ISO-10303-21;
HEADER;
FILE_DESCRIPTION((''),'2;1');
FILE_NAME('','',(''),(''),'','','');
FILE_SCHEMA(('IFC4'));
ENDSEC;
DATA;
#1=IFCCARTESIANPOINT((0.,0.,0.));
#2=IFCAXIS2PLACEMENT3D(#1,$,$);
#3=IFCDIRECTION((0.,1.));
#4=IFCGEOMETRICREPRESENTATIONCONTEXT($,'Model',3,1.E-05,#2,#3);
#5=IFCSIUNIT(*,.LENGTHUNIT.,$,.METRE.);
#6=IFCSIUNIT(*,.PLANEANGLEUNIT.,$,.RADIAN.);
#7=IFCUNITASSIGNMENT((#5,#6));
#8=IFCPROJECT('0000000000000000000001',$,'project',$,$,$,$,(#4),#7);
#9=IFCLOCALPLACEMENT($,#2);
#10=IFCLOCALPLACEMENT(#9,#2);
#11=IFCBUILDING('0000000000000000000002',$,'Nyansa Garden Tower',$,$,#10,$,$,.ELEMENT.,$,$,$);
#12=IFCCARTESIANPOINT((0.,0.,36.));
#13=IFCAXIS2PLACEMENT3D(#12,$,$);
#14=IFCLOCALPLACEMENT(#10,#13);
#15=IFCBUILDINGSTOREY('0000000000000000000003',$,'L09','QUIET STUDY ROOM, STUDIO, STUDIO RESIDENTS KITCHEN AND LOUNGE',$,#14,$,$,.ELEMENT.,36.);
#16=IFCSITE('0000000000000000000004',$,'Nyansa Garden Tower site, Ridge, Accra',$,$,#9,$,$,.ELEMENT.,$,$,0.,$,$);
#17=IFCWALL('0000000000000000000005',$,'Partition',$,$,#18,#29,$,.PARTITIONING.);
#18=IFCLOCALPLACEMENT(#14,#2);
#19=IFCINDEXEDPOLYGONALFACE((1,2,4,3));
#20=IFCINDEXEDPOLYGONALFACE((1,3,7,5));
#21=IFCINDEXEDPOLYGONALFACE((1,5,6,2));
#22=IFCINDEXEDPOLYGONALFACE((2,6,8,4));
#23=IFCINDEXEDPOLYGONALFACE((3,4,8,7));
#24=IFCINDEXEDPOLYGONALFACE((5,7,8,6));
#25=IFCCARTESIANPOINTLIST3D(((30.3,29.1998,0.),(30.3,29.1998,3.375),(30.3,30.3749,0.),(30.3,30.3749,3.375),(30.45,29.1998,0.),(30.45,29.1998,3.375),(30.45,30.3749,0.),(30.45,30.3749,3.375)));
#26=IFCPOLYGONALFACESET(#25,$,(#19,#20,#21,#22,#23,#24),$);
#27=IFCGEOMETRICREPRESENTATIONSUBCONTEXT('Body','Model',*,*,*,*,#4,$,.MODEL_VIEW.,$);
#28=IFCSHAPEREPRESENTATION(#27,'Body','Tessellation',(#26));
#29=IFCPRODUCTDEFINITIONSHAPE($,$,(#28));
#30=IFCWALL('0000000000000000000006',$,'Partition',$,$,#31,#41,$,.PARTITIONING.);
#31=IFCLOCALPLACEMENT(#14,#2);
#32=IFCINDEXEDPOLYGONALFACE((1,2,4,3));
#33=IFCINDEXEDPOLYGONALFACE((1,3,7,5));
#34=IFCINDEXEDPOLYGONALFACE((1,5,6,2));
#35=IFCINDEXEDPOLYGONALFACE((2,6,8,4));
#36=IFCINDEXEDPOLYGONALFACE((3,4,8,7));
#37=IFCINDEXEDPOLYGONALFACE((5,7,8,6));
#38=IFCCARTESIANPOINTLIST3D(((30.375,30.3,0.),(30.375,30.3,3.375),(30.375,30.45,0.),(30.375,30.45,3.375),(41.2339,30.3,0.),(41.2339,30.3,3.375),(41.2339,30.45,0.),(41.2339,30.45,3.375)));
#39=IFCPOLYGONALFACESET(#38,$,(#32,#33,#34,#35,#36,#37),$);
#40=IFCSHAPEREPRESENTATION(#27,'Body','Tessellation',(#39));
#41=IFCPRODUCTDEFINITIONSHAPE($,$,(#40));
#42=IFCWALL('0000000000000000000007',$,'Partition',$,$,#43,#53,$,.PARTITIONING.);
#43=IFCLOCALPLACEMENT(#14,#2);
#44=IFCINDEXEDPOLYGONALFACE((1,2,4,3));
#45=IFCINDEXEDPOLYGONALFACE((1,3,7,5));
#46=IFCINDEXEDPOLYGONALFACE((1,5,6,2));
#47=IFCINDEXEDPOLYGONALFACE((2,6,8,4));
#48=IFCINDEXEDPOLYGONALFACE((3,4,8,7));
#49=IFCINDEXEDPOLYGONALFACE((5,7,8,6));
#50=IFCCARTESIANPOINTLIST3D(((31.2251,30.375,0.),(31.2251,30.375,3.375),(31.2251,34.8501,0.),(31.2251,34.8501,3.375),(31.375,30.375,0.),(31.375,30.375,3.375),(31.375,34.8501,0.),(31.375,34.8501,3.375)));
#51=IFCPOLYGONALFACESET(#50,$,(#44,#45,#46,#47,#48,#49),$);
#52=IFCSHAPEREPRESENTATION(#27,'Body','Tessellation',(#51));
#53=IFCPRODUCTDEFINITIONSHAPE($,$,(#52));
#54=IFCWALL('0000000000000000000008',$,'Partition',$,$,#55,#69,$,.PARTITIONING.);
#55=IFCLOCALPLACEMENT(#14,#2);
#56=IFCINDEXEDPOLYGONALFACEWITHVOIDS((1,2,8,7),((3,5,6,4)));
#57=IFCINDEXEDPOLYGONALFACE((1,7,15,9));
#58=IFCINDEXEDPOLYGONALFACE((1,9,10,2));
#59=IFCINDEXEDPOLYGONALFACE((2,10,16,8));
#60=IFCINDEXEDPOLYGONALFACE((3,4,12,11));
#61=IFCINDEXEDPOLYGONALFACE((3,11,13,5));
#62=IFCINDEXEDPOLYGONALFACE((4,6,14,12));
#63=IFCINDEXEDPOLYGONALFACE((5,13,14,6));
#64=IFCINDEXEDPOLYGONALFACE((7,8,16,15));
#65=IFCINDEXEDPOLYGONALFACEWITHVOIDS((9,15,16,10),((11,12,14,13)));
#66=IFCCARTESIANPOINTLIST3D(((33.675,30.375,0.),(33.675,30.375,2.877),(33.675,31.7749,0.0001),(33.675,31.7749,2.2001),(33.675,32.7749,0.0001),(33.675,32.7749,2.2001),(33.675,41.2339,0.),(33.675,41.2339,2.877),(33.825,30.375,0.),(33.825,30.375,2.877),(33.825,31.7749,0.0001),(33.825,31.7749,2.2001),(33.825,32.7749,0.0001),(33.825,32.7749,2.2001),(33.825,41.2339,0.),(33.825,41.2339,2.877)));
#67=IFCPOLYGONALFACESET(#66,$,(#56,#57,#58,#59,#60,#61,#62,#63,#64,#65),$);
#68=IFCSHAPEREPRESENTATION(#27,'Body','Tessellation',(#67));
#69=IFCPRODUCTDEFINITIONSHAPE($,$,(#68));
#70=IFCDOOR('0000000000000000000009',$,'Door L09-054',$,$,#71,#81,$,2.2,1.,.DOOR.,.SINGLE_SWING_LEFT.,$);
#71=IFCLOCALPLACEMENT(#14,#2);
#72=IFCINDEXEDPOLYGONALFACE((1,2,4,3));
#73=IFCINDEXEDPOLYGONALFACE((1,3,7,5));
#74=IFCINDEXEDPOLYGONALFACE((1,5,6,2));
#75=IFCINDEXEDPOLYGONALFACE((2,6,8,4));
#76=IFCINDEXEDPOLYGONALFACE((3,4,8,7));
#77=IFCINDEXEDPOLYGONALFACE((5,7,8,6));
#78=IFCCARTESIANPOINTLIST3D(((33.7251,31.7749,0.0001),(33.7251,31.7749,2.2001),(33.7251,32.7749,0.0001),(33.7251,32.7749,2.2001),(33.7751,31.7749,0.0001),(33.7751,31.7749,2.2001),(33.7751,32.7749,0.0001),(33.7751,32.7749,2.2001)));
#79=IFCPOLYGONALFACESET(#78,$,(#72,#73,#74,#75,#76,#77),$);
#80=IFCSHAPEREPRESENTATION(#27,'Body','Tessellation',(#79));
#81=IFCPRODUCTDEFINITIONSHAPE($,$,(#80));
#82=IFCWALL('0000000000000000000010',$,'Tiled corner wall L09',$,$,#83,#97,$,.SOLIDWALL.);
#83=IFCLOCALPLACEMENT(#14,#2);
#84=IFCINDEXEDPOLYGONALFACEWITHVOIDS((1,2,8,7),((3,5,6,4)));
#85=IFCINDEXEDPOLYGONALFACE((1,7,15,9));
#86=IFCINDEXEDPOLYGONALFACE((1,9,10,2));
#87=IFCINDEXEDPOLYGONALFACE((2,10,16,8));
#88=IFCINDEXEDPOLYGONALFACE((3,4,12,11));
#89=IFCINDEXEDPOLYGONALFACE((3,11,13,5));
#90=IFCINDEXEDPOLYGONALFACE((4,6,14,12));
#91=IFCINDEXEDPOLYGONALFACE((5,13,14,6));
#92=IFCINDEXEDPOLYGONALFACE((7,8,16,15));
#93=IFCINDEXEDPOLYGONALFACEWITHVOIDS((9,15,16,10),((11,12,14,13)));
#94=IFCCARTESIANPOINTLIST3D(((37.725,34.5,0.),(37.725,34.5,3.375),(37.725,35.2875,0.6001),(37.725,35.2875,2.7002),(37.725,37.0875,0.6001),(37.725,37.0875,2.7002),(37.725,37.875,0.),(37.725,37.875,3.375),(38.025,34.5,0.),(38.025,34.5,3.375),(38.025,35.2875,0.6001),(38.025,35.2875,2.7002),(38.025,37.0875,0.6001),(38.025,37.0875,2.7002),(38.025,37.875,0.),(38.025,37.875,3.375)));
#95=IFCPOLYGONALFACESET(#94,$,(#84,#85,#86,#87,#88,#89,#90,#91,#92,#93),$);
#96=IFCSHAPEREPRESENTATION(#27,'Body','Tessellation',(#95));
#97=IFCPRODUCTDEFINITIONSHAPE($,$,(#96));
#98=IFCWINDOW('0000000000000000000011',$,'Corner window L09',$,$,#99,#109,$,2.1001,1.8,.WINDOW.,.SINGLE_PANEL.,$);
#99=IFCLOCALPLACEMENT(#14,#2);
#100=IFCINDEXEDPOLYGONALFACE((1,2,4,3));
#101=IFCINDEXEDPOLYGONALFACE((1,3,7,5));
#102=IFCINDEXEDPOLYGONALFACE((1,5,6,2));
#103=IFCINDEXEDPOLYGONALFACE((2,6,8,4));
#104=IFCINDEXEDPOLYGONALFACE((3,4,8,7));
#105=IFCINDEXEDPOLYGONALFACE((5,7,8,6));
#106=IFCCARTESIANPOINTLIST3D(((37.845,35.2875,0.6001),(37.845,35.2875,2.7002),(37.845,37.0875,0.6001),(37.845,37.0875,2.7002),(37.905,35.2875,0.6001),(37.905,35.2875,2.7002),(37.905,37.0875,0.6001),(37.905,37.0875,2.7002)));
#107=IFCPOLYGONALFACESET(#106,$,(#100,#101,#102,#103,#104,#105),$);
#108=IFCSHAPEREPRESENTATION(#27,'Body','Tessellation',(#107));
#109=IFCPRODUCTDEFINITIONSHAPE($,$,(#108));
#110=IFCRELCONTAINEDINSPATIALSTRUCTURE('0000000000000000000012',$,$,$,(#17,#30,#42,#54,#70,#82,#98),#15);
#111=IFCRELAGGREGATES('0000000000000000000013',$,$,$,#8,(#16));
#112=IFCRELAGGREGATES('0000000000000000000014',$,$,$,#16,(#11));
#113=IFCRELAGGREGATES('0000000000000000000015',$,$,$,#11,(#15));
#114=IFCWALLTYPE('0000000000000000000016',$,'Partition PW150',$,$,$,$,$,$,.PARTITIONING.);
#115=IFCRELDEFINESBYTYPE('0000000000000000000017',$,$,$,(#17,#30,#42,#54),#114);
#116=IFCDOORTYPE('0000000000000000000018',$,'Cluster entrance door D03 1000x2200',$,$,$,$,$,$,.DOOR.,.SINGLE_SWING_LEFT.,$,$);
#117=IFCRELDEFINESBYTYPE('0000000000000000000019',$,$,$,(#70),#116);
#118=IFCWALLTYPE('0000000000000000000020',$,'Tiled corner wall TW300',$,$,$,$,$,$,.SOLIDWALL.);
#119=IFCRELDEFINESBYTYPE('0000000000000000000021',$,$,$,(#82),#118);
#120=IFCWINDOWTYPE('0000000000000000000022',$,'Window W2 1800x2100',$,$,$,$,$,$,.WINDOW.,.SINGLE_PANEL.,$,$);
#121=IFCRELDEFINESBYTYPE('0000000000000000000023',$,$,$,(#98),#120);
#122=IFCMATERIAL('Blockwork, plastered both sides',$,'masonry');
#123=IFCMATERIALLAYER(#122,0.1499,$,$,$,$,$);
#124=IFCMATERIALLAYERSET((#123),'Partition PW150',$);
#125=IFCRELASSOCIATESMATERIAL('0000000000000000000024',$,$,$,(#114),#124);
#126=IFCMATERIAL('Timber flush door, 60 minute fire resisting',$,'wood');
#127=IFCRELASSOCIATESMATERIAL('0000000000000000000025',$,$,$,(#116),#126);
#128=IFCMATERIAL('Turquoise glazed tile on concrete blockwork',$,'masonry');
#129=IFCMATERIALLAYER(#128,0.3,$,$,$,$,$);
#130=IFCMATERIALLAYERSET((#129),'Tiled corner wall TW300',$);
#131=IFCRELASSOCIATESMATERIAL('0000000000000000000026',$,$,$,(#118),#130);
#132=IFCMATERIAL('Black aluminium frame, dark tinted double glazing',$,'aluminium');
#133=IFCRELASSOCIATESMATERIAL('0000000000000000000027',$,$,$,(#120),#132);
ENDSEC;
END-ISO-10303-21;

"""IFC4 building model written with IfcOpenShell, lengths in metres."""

from ifc_helpers import new_model, si_unit, direction, frame, frame_2d, origin, place, context, subcontext, project, spatial, rectangle, extrude, material, layer, layer_set, type_object, element, fill, save


model = new_model("IFC4")

# Units and contexts
model_context = context("Model", 3, precision=1e-05, world=origin(), true_north=direction((0.0, 1.0)))
body_context = subcontext(model_context, "Body", "Model", "MODEL_VIEW")
ifc_project = project(units=[si_unit("LENGTHUNIT", "METRE"), si_unit("PLANEANGLEUNIT", "RADIAN")], contexts=[model_context])

# Site, building, storey
site_placement = place(None, origin())
site = spatial("IfcSite", under=ifc_project, at=site_placement, Name="Nyansa Garden Tower site, Ridge, Accra", CompositionType="ELEMENT", RefElevation=0.0)
building_placement = place(site_placement, origin())
building = spatial("IfcBuilding", under=site, at=building_placement, Name="Nyansa Garden Tower", CompositionType="ELEMENT")
storey_placement = place(building_placement, frame((0.0, 0.0, 36.0)))
storey = spatial("IfcBuildingStorey", under=building, at=storey_placement, Name="L09", Description="QUIET STUDY ROOM, STUDIO, STUDIO RESIDENTS KITCHEN AND LOUNGE", CompositionType="ELEMENT", Elevation=36.0)

# Walls
ifc_material_1 = material(Name="Blockwork, plastered both sides", Category="masonry")
ifc_layer_1 = layer(ifc_material_1, 0.1499)
ifc_layer_set_1 = layer_set([ifc_layer_1], Name="Partition PW150")
wall_type_1 = type_object("IfcWallType", Name="Partition PW150", PredefinedType="PARTITIONING", material=ifc_layer_set_1)
wall_1_placement = place(storey_placement, frame((30.375, 29.2, 0.0), z_axis=(0.0, 0.0, 1.0), x_axis=(0.0, 1.0, 0.0)))
element("IfcWall", 1, at=wall_1_placement, inside=storey, type_object=wall_type_1, Name="Partition", PredefinedType="PARTITIONING", context=body_context, shape_type="SweptSolid", body=[
    extrude(rectangle(XDim=1.175, YDim=0.1499, at=frame_2d((0.5874, 0.0))), origin(), (0.0, 0.0, 1.0), 3.375),
])
wall_2_placement = place(storey_placement, frame((30.375, 30.375, 0.0), z_axis=(0.0, 0.0, 1.0), x_axis=(1.0, 0.0, 0.0)))
element("IfcWall", 2, at=wall_2_placement, inside=storey, type_object=wall_type_1, Name="Partition", PredefinedType="PARTITIONING", context=body_context, shape_type="SweptSolid", body=[
    extrude(rectangle(XDim=10.8589, YDim=0.1499, at=frame_2d((5.4294, 0.0))), origin(), (0.0, 0.0, 1.0), 3.375),
])
wall_3_placement = place(storey_placement, frame((31.3, 30.375, 0.0), z_axis=(0.0, 0.0, 1.0), x_axis=(0.0, 1.0, 0.0)))
element("IfcWall", 3, at=wall_3_placement, inside=storey, type_object=wall_type_1, Name="Partition", PredefinedType="PARTITIONING", context=body_context, shape_type="SweptSolid", body=[
    extrude(rectangle(XDim=4.4751, YDim=0.1499, at=frame_2d((2.2375, 0.0))), origin(), (0.0, 0.0, 1.0), 3.375),
])

# Wall, opening, door
wall_4_placement = place(storey_placement, frame((33.75, 30.375, 0.0), z_axis=(0.0, 0.0, 1.0), x_axis=(0.0, 1.0, 0.0)))
wall_4 = element("IfcWall", 4, at=wall_4_placement, inside=storey, type_object=wall_type_1, Name="Partition", PredefinedType="PARTITIONING", context=body_context, shape_type="SweptSolid", body=[
    extrude(rectangle(XDim=10.8589, YDim=0.1499, at=frame_2d((5.4294, 0.0))), origin(), (0.0, 0.0, 1.0), 2.877),
])
opening_1_placement = place(wall_4_placement, frame((1.3999, 0.0, 0.0)))
opening_1 = element("IfcOpeningElement", 5, at=opening_1_placement, cuts=wall_4, PredefinedType="OPENING", context=body_context, shape_type="SweptSolid", body=[
    extrude(rectangle(XDim=1.0, YDim=2.2, at=frame_2d((0.5, 1.1001))), frame((0.0, 0.085, 0.0), z_axis=(0.0, -1.0, 0.0), x_axis=(1.0, 0.0, 0.0)), (0.0, 0.0, 1.0), 0.1699),
])
ifc_material_2 = material(Name="Timber flush door, 60 minute fire resisting", Category="wood")
door_type = type_object("IfcDoorType", Name="Cluster entrance door D03 1000x2200", OperationType="SINGLE_SWING_LEFT", PredefinedType="DOOR", material=ifc_material_2)
door_placement = place(opening_1_placement, origin())
door = element("IfcDoor", 6, at=door_placement, inside=storey, type_object=door_type, Name="Door L09-054", OperationType="SINGLE_SWING_LEFT", OverallHeight=2.2, OverallWidth=1.0, PredefinedType="DOOR", context=body_context, shape_type="SweptSolid", body=[
    extrude(rectangle(XDim=1.0, YDim=2.2, at=frame_2d((0.5, 1.1001))), frame((0.0, 0.0249, 0.0), z_axis=(0.0, -1.0, 0.0), x_axis=(1.0, 0.0, 0.0)), (0.0, 0.0, 1.0), 0.05),
])
fill(opening_1, door)

# Wall, opening, window
ifc_material_3 = material(Name="Turquoise glazed tile on concrete blockwork", Category="masonry")
ifc_layer_2 = layer(ifc_material_3, 0.3)
ifc_layer_set_2 = layer_set([ifc_layer_2], Name="Tiled corner wall TW300")
wall_type_2 = type_object("IfcWallType", Name="Tiled corner wall TW300", PredefinedType="SOLIDWALL", material=ifc_layer_set_2)
wall_5_placement = place(storey_placement, frame((37.875, 34.5, 0.0), z_axis=(0.0, 0.0, 1.0), x_axis=(0.0, 1.0, 0.0)))
wall_5 = element("IfcWall", 7, at=wall_5_placement, inside=storey, type_object=wall_type_2, Name="Tiled corner wall L09", PredefinedType="SOLIDWALL", context=body_context, shape_type="SweptSolid", body=[
    extrude(rectangle(XDim=3.375, YDim=0.3, at=frame_2d((1.6875, 0.0))), origin(), (0.0, 0.0, 1.0), 3.375),
])
opening_2_placement = place(wall_5_placement, frame((0.7876, 0.0, 0.6001)))
opening_2 = element("IfcOpeningElement", 8, at=opening_2_placement, cuts=wall_5, PredefinedType="OPENING", context=body_context, shape_type="SweptSolid", body=[
    extrude(rectangle(XDim=1.8, YDim=2.1001, at=frame_2d((0.8999, 1.05))), frame((0.0, 0.1599, 0.0), z_axis=(0.0, -1.0, 0.0), x_axis=(1.0, 0.0, 0.0)), (0.0, 0.0, 1.0), 0.3201),
])
ifc_material_4 = material(Name="Black aluminium frame, dark tinted double glazing", Category="aluminium")
window_type = type_object("IfcWindowType", Name="Window W2 1800x2100", PartitioningType="SINGLE_PANEL", PredefinedType="WINDOW", material=ifc_material_4)
window_placement = place(opening_2_placement, origin())
window = element("IfcWindow", 9, at=window_placement, inside=storey, type_object=window_type, Name="Corner window L09", OverallHeight=2.1001, OverallWidth=1.8, PartitioningType="SINGLE_PANEL", PredefinedType="WINDOW", context=body_context, shape_type="SweptSolid", body=[
    extrude(rectangle(XDim=1.8, YDim=2.1001, at=frame_2d((0.8999, 1.05))), frame((0.0, 0.03, 0.0), z_axis=(0.0, -1.0, 0.0), x_axis=(1.0, 0.0, 0.0)), (0.0, 0.0, 1.0), 0.0601),
])
fill(opening_2, window)

save(model, "model.ifc")
